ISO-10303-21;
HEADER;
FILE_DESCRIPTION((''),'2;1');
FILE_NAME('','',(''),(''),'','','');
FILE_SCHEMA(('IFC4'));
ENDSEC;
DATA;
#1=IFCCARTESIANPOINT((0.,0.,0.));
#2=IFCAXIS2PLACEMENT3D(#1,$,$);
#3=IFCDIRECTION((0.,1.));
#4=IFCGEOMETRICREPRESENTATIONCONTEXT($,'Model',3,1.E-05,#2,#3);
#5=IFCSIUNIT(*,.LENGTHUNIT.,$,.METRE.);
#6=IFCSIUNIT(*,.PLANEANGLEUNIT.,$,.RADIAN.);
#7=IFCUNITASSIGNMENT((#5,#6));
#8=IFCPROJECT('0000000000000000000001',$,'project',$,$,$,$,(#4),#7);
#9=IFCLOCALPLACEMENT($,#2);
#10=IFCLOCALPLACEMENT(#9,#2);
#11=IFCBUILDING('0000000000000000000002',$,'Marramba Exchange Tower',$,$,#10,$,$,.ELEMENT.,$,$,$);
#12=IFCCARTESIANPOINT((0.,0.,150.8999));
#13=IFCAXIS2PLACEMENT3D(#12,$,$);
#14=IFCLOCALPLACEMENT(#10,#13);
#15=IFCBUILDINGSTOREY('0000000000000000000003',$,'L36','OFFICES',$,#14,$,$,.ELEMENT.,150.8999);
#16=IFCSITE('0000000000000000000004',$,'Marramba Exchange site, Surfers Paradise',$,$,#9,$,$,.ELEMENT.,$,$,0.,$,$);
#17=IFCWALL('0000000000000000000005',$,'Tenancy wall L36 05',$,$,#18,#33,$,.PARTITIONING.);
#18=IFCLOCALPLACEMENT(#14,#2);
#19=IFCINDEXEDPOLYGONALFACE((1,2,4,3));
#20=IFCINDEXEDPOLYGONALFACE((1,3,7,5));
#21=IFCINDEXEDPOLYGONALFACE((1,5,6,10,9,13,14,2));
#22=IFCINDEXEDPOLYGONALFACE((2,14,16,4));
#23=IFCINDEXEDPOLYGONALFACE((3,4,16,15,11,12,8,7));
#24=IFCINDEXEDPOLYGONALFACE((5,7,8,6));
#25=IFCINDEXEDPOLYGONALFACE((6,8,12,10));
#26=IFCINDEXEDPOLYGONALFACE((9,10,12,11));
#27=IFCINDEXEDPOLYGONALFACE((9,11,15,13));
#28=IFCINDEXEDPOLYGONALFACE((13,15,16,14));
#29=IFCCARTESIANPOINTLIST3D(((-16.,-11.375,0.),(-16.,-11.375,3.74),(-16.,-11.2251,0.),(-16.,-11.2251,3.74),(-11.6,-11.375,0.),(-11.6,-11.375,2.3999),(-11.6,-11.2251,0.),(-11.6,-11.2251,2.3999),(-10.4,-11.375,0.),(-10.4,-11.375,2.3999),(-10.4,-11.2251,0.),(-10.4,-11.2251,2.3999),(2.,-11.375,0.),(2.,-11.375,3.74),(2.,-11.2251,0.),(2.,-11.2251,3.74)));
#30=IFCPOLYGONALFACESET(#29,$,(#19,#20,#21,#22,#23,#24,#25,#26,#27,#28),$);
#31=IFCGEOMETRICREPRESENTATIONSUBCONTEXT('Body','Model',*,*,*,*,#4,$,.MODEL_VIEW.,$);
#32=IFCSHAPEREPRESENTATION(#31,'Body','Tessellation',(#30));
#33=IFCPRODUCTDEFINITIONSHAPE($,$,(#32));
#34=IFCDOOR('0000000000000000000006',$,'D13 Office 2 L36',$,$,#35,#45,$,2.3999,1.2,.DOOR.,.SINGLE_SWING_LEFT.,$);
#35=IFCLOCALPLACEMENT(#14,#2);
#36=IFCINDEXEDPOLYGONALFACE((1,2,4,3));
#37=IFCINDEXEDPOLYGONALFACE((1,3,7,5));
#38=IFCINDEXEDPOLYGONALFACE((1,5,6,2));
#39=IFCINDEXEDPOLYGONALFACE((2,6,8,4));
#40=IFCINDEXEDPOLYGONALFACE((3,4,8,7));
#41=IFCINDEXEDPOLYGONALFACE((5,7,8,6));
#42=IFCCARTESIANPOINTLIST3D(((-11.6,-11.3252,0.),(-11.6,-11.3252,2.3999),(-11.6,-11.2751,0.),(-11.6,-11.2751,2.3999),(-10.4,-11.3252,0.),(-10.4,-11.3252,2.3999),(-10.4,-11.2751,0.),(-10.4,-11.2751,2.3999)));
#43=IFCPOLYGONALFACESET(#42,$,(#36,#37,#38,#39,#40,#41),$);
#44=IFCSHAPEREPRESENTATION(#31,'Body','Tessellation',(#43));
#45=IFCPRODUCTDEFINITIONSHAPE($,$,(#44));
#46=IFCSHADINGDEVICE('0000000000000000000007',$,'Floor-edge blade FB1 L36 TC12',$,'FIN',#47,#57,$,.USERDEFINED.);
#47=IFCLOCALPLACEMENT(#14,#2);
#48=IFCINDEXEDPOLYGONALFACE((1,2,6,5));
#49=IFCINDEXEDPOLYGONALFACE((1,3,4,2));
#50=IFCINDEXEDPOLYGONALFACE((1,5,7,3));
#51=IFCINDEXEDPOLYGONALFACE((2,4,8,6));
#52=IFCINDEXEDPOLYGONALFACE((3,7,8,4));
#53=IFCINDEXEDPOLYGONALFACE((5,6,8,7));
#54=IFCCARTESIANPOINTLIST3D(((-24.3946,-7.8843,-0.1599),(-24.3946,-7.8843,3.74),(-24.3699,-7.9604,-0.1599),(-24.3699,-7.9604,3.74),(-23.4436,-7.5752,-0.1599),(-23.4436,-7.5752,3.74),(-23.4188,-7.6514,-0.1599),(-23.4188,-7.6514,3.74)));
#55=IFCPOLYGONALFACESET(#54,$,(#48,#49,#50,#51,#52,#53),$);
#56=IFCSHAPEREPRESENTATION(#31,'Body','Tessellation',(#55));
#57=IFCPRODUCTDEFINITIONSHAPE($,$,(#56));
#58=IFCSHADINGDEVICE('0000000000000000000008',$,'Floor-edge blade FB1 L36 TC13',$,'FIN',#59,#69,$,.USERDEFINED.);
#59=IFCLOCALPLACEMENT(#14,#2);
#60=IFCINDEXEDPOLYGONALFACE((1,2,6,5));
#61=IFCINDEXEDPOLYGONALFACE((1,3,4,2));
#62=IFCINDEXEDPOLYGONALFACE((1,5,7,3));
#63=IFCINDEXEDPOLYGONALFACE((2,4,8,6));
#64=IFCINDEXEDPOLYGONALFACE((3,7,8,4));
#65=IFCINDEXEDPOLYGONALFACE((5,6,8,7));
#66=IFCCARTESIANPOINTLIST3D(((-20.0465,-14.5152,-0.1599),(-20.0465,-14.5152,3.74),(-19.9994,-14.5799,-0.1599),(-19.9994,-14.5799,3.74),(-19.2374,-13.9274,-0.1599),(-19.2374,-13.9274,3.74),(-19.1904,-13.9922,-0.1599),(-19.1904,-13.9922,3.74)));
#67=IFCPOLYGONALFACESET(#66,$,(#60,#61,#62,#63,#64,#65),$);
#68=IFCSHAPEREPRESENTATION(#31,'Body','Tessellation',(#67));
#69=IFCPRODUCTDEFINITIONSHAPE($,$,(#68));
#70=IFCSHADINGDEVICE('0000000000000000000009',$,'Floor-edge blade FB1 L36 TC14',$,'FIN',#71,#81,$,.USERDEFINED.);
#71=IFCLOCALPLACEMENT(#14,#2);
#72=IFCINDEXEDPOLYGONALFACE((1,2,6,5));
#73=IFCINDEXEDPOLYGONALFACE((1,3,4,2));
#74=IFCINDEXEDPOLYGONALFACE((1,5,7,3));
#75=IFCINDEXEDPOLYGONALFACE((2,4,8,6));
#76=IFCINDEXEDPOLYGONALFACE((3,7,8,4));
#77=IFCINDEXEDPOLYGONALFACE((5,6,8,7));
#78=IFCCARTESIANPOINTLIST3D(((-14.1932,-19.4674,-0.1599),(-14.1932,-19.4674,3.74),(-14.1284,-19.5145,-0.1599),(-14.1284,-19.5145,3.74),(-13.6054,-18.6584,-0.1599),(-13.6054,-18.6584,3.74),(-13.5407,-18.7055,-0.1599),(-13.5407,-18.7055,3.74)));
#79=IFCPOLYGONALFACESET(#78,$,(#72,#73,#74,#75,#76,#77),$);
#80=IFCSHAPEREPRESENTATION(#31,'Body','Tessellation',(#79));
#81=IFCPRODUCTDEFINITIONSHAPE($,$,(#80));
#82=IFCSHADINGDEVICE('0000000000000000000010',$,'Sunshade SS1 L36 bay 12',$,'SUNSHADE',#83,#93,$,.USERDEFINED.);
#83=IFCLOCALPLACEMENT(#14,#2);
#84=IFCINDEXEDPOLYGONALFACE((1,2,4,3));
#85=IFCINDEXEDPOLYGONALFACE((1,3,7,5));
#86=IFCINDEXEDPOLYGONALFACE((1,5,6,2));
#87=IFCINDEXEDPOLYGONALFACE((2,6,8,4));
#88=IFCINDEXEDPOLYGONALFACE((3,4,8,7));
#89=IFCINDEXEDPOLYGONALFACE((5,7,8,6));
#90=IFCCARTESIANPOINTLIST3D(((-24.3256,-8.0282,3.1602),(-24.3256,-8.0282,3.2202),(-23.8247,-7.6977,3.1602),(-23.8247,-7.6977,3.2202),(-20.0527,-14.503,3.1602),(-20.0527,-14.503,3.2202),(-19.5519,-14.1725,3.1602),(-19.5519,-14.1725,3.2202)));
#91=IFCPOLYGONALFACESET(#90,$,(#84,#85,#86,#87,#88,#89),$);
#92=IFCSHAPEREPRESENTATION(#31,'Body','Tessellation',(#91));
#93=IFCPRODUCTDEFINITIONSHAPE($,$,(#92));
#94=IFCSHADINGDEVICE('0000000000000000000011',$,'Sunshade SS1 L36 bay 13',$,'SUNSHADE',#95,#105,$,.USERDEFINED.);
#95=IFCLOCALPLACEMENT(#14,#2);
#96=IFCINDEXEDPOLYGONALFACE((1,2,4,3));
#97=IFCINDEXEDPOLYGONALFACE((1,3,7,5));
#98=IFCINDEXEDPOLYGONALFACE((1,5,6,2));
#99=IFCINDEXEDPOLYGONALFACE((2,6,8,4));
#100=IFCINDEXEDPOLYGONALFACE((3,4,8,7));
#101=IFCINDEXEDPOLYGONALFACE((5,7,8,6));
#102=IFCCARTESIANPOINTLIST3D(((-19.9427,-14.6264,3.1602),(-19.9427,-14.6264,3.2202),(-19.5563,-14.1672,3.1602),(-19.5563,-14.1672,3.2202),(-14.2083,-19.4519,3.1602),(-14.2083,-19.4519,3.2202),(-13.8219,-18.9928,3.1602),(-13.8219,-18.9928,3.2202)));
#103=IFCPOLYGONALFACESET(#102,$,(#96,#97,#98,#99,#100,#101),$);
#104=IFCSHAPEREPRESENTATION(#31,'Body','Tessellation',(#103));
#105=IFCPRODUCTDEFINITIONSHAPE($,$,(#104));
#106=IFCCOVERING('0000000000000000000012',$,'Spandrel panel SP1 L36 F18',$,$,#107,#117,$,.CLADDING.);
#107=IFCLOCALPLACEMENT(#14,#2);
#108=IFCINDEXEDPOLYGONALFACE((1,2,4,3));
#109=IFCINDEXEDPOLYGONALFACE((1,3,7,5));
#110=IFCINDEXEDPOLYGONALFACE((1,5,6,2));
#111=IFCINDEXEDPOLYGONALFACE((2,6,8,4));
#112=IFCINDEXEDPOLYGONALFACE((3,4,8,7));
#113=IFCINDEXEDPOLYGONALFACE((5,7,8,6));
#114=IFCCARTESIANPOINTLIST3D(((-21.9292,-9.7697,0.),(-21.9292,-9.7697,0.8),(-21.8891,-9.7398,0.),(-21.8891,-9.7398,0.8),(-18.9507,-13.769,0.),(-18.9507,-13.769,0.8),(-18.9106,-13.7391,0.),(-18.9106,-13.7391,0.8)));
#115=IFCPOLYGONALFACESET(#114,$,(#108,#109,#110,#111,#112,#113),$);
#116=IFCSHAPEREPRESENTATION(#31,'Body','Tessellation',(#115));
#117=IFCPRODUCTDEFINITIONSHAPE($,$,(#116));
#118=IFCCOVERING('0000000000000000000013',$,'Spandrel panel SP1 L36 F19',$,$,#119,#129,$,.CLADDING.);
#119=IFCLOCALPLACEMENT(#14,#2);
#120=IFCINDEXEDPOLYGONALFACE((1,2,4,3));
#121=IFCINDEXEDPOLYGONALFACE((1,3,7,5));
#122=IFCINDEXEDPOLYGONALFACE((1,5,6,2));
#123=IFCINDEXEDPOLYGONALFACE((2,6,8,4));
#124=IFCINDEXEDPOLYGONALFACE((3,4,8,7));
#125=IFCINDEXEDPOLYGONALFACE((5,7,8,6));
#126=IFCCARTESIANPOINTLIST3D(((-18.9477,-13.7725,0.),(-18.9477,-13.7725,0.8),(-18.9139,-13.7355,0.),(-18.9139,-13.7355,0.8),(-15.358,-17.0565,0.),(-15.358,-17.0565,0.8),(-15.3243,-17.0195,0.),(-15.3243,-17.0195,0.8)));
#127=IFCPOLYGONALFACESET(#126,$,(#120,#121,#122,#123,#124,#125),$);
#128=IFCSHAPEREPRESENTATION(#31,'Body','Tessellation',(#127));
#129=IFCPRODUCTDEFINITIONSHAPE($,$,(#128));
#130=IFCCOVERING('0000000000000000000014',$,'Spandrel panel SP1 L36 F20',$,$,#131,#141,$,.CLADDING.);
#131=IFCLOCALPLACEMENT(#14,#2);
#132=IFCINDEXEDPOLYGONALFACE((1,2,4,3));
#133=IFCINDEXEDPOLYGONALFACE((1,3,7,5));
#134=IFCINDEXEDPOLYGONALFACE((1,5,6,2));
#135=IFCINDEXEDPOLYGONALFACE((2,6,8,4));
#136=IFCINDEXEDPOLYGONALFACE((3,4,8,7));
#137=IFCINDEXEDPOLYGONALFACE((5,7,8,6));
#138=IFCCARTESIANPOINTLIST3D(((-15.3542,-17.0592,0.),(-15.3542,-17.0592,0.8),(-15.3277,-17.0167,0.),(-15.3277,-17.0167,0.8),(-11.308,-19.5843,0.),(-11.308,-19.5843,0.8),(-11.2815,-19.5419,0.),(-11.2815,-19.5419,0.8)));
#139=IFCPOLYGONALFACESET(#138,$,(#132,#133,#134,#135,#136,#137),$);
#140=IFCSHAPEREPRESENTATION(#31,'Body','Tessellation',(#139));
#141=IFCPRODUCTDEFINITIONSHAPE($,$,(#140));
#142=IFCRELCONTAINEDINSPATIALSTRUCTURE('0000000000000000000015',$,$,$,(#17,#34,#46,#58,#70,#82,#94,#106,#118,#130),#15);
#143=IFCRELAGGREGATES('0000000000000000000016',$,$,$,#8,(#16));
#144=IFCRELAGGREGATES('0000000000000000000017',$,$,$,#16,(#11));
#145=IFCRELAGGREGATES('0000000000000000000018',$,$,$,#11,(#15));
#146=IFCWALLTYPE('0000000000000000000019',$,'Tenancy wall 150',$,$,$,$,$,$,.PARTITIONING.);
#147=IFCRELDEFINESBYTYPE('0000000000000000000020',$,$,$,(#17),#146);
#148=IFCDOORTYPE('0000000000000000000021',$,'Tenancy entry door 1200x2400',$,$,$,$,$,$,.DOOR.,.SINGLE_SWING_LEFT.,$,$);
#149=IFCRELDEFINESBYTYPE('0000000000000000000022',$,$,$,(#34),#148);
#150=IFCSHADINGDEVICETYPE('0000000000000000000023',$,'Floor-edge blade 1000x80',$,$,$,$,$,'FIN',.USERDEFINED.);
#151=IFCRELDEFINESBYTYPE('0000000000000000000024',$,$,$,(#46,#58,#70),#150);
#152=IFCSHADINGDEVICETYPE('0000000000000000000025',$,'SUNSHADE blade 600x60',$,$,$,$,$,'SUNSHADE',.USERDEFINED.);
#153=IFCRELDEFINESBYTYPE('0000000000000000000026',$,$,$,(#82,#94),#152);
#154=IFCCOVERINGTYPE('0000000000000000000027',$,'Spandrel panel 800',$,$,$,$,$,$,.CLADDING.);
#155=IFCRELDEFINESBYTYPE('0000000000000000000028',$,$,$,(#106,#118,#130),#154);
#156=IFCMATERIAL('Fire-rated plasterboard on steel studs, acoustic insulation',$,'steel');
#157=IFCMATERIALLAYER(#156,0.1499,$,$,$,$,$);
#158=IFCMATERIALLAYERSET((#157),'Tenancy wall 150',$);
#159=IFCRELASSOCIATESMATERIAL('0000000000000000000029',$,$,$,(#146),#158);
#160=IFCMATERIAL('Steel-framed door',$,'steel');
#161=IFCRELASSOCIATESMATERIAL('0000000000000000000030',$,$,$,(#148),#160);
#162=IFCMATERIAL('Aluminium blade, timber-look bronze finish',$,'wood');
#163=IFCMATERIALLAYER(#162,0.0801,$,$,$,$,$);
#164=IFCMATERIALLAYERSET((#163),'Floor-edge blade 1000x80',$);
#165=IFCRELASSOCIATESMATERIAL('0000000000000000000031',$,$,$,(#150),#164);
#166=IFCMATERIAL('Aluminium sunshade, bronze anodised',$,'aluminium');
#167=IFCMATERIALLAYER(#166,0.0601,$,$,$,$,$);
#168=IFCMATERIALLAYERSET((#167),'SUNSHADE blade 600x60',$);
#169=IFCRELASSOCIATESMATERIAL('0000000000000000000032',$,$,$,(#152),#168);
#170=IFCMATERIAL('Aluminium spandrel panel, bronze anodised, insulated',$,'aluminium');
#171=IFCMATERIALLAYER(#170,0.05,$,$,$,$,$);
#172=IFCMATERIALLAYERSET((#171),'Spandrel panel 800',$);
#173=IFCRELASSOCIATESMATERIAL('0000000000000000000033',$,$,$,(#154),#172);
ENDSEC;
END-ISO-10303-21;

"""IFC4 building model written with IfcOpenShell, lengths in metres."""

from ifc_helpers import new_model, si_unit, direction, frame, frame_2d, origin, origin_2d, place, context, subcontext, project, spatial, rectangle, extrude, material, layer, layer_set, type_object, element, fill, save


model = new_model("IFC4")

# Units and contexts
model_context = context("Model", 3, precision=1e-05, world=origin(), true_north=direction((0.0, 1.0)))
body_context = subcontext(model_context, "Body", "Model", "MODEL_VIEW")
ifc_project = project(units=[si_unit("LENGTHUNIT", "METRE"), si_unit("PLANEANGLEUNIT", "RADIAN")], contexts=[model_context])

# Site, building, storey
site_placement = place(None, origin())
site = spatial("IfcSite", under=ifc_project, at=site_placement, Name="Marramba Exchange site, Surfers Paradise", CompositionType="ELEMENT", RefElevation=0.0)
building_placement = place(site_placement, origin())
building = spatial("IfcBuilding", under=site, at=building_placement, Name="Marramba Exchange Tower", CompositionType="ELEMENT")
storey_placement = place(building_placement, frame((0.0, 0.0, 150.8999)))
storey = spatial("IfcBuildingStorey", under=building, at=storey_placement, Name="L36", Description="OFFICES", CompositionType="ELEMENT", Elevation=150.8999)

# Wall, opening, door
ifc_material_1 = material(Name="Fire-rated plasterboard on steel studs, acoustic insulation", Category="steel")
ifc_layer_1 = layer(ifc_material_1, 0.1499)
ifc_layer_set_1 = layer_set([ifc_layer_1], Name="Tenancy wall 150")
wall_type = type_object("IfcWallType", Name="Tenancy wall 150", PredefinedType="PARTITIONING", material=ifc_layer_set_1)
wall_placement = place(storey_placement, frame((-16.0, -11.3, 0.0), z_axis=(0.0, 0.0, 1.0), x_axis=(1.0, 0.0, 0.0)))
wall = element("IfcWall", 1, at=wall_placement, inside=storey, type_object=wall_type, Name="Tenancy wall L36 05", PredefinedType="PARTITIONING", context=body_context, shape_type="SweptSolid", body=[
    extrude(rectangle(XDim=18.0, YDim=0.1499, at=frame_2d((9.0, 0.0))), origin(), (0.0, 0.0, 1.0), 3.74),
])
opening_placement = place(wall_placement, frame((4.3999, 0.0, 0.0)))
opening = element("IfcOpeningElement", 2, at=opening_placement, cuts=wall, PredefinedType="OPENING", context=body_context, shape_type="SweptSolid", body=[
    extrude(rectangle(XDim=1.2, YDim=2.3999, at=frame_2d((0.6001, 1.2))), frame((0.0, 0.085, 0.0), z_axis=(0.0, -1.0, 0.0), x_axis=(1.0, 0.0, 0.0)), (0.0, 0.0, 1.0), 0.1699),
])
ifc_material_2 = material(Name="Steel-framed door", Category="steel")
door_type = type_object("IfcDoorType", Name="Tenancy entry door 1200x2400", OperationType="SINGLE_SWING_LEFT", PredefinedType="DOOR", material=ifc_material_2)
door_placement = place(opening_placement, origin())
door = element("IfcDoor", 3, at=door_placement, inside=storey, type_object=door_type, Name="D13 Office 2 L36", OperationType="SINGLE_SWING_LEFT", OverallHeight=2.3999, OverallWidth=1.2, PredefinedType="DOOR", context=body_context, shape_type="SweptSolid", body=[
    extrude(rectangle(XDim=1.2, YDim=2.3999, at=frame_2d((0.6001, 1.2))), frame((0.0, 0.0249, 0.0), z_axis=(0.0, -1.0, 0.0), x_axis=(1.0, 0.0, 0.0)), (0.0, 0.0, 1.0), 0.05),
])
fill(opening, door)

# Shading devices
ifc_material_3 = material(Name="Aluminium blade, timber-look bronze finish", Category="wood")
ifc_layer_2 = layer(ifc_material_3, 0.0801)
ifc_layer_set_2 = layer_set([ifc_layer_2], Name="Floor-edge blade 1000x80")
shading_device_type_1 = type_object("IfcShadingDeviceType", Name="Floor-edge blade 1000x80", ElementType="FIN", PredefinedType="USERDEFINED", material=ifc_layer_set_2)
for number, where, z_axis, x_axis, name in (
    (4, (-23.9067, -7.7678, -0.1599), (0.0, 0.0, 1.0), (-0.951057, -0.309017, 0.0), "Floor-edge blade FB1 L36 TC12"),
    (5, (-19.6184, -14.2537, -0.1599), (0.0, 0.0, 1.0), (-0.809017, -0.587785, 0.0), "Floor-edge blade FB1 L36 TC13"),
    (6, (-13.8669, -19.0864, -0.1599), (0.0, 0.0, 1.0), (-0.587785, -0.809017, 0.0), "Floor-edge blade FB1 L36 TC14"),
):
    element("IfcShadingDevice", number, at=place(storey_placement, frame(where, z_axis=z_axis, x_axis=x_axis)), inside=storey, type_object=shading_device_type_1, Name=name, ObjectType="FIN", PredefinedType="USERDEFINED", context=body_context, shape_type="SweptSolid", body=[
        extrude(rectangle(XDim=1.0, YDim=0.0801, at=origin_2d()), origin(), (0.0, 0.0, 1.0), 3.8999),
    ])
ifc_material_4 = material(Name="Aluminium sunshade, bronze anodised", Category="aluminium")
ifc_layer_3 = layer(ifc_material_4, 0.0601)
ifc_layer_set_3 = layer_set([ifc_layer_3], Name="SUNSHADE blade 600x60")
shading_device_type_2 = type_object("IfcShadingDeviceType", Name="SUNSHADE blade 600x60", ElementType="SUNSHADE", PredefinedType="USERDEFINED", material=ifc_layer_set_3)
shading_device_1_placement = place(storey_placement, frame((-21.9387, -11.1003, 3.1602), z_axis=(0.0, 0.0, 1.0), x_axis=(0.550792, -0.834642, 0.0)))
element("IfcShadingDevice", 7, at=shading_device_1_placement, inside=storey, type_object=shading_device_type_2, Name="Sunshade SS1 L36 bay 12", ObjectType="SUNSHADE", PredefinedType="USERDEFINED", context=body_context, shape_type="SweptSolid", body=[
    extrude(rectangle(XDim=7.7576, YDim=0.6001, at=origin_2d()), origin(), (0.0, 0.0, 1.0), 0.0601),
])
shading_device_2_placement = place(storey_placement, frame((-16.8823, -16.8096, 3.1602), z_axis=(0.0, 0.0, 1.0), x_axis=(0.765139, -0.643866, 0.0)))
element("IfcShadingDevice", 8, at=shading_device_2_placement, inside=storey, type_object=shading_device_type_2, Name="Sunshade SS1 L36 bay 13", ObjectType="SUNSHADE", PredefinedType="USERDEFINED", context=body_context, shape_type="SweptSolid", body=[
    extrude(rectangle(XDim=7.4946, YDim=0.6001, at=origin_2d()), origin(), (0.0, 0.0, 1.0), 0.0601),
])

# Coverings
ifc_material_5 = material(Name="Aluminium spandrel panel, bronze anodised, insulated", Category="aluminium")
ifc_layer_4 = layer(ifc_material_5, 0.05)
ifc_layer_set_4 = layer_set([ifc_layer_4], Name="Spandrel panel 800")
covering_type = type_object("IfcCoveringType", Name="Spandrel panel 800", PredefinedType="CLADDING", material=ifc_layer_set_4)
covering_1_placement = place(storey_placement, frame((-20.4199, -11.7544, 0.0), z_axis=(0.0, 0.0, 1.0), x_axis=(0.597305, -0.802014, 0.0)))
element("IfcCovering", 9, at=covering_1_placement, inside=storey, type_object=covering_type, Name="Spandrel panel SP1 L36 F18", PredefinedType="CLADDING", context=body_context, shape_type="SweptSolid", body=[
    extrude(rectangle(XDim=4.9866, YDim=0.05, at=origin_2d()), origin(), (0.0, 0.0, 1.0), 0.8),
])
covering_2_placement = place(storey_placement, frame((-17.136, -15.396, 0.0), z_axis=(0.0, 0.0, 1.0), x_axis=(0.737822, -0.674995, 0.0)))
element("IfcCovering", 10, at=covering_2_placement, inside=storey, type_object=covering_type, Name="Spandrel panel SP1 L36 F19", PredefinedType="CLADDING", context=body_context, shape_type="SweptSolid", body=[
    extrude(rectangle(XDim=4.8652, YDim=0.05, at=origin_2d()), origin(), (0.0, 0.0, 1.0), 0.8),
])
covering_3_placement = place(storey_placement, frame((-13.3179, -18.3005, 0.0), z_axis=(0.0, 0.0, 1.0), x_axis=(0.848355, -0.529428, 0.0)))
element("IfcCovering", 11, at=covering_3_placement, inside=storey, type_object=covering_type, Name="Spandrel panel SP1 L36 F20", PredefinedType="CLADDING", context=body_context, shape_type="SweptSolid", body=[
    extrude(rectangle(XDim=4.7695, YDim=0.05, at=origin_2d()), origin(), (0.0, 0.0, 1.0), 0.8),
])

save(model, "model.ifc")
